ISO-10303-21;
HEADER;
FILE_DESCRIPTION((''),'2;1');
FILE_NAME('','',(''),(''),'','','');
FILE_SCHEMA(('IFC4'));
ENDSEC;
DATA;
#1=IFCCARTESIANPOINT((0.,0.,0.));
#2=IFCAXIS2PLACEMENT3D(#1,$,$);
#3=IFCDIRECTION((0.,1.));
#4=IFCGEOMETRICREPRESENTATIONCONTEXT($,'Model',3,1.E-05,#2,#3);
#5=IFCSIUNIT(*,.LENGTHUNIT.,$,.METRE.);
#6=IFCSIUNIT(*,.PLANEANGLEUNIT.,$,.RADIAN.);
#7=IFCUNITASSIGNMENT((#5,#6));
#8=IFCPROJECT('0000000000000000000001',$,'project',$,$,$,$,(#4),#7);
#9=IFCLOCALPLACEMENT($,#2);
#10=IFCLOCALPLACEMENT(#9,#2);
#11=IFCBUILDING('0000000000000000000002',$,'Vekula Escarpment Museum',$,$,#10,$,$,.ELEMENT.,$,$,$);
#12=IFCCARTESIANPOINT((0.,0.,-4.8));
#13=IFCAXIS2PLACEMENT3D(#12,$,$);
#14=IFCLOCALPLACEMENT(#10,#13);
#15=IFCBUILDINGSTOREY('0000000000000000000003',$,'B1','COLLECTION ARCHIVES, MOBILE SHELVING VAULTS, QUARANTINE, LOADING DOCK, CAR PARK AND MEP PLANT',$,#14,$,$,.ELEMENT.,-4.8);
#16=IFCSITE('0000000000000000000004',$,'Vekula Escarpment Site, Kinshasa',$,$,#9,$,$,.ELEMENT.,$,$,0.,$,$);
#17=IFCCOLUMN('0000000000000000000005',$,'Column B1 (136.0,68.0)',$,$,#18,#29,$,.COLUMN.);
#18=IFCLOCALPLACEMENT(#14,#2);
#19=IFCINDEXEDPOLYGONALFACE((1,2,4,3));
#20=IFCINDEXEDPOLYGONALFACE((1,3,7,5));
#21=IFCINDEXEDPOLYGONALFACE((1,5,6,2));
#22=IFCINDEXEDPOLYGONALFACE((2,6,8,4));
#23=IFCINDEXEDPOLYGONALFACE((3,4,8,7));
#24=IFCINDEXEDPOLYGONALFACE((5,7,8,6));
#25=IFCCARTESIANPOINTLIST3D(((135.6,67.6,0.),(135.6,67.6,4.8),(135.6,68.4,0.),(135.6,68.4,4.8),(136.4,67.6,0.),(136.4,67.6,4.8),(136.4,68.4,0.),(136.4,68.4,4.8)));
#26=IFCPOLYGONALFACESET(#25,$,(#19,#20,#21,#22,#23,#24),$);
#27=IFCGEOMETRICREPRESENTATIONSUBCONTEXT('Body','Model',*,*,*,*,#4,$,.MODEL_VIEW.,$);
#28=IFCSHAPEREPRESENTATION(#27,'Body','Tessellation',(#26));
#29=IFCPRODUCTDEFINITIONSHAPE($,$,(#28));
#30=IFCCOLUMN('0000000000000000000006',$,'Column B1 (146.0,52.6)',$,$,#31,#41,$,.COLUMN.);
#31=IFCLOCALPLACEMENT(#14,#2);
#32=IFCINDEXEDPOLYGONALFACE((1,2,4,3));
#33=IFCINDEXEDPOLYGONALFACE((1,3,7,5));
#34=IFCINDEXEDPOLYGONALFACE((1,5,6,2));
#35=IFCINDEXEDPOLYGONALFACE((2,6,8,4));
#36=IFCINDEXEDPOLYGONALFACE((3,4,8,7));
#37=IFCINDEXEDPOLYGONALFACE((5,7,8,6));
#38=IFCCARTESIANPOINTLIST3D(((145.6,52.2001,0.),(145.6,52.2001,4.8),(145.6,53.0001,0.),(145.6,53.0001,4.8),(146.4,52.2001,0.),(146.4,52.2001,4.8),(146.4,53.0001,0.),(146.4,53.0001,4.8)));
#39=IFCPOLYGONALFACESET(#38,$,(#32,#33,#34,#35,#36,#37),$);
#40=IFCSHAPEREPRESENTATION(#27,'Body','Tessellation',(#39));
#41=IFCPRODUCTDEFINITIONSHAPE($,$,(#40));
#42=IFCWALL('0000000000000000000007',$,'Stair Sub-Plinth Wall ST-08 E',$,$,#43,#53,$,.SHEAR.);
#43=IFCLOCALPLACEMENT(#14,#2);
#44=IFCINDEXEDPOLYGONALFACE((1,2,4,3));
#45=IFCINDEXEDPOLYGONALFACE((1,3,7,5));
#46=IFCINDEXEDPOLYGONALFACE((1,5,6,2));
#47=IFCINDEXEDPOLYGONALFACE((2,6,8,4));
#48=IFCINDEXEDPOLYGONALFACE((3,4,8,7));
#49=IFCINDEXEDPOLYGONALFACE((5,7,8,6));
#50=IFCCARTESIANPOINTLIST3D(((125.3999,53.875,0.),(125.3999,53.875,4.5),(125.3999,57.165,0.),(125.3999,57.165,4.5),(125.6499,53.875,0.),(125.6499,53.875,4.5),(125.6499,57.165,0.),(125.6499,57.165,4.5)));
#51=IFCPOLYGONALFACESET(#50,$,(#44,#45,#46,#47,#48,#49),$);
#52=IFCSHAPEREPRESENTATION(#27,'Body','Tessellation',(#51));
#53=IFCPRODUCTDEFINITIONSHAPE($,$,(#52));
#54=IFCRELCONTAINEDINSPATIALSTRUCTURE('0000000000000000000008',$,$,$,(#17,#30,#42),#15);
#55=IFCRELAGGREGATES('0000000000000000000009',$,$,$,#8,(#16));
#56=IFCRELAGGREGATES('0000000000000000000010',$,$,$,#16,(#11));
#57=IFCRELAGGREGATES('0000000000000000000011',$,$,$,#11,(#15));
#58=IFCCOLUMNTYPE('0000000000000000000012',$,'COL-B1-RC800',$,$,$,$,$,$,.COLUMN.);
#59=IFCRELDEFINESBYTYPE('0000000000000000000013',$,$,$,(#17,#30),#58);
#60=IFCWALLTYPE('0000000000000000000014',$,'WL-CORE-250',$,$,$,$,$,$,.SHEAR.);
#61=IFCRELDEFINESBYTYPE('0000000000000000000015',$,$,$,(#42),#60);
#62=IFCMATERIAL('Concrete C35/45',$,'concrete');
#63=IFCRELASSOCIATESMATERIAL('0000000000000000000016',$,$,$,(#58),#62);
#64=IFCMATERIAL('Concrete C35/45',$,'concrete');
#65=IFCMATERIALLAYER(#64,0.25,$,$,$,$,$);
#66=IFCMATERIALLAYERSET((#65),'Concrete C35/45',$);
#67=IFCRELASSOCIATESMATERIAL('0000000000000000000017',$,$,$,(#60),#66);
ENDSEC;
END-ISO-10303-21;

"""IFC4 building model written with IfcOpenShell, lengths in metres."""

from ifc_helpers import new_model, si_unit, direction, frame, frame_2d, origin, origin_2d, place, context, subcontext, project, spatial, rectangle, extrude, material, layer, layer_set, material_profile, profile_set, type_object, element, save


model = new_model("IFC4")

# Units and contexts
model_context = context("Model", 3, precision=1e-05, world=origin(), true_north=direction((0.0, 1.0)))
body_context = subcontext(model_context, "Body", "Model", "MODEL_VIEW")
ifc_project = project(units=[si_unit("LENGTHUNIT", "METRE"), si_unit("PLANEANGLEUNIT", "RADIAN")], contexts=[model_context])

# Site, building, storey
site_placement = place(None, origin())
site = spatial("IfcSite", under=ifc_project, at=site_placement, Name="Vekula Escarpment Site, Kinshasa", CompositionType="ELEMENT", RefElevation=0.0)
building_placement = place(site_placement, origin())
building = spatial("IfcBuilding", under=site, at=building_placement, Name="Vekula Escarpment Museum", CompositionType="ELEMENT")
storey_placement = place(building_placement, frame((0.0, 0.0, -4.8)))
storey = spatial("IfcBuildingStorey", under=building, at=storey_placement, Name="B1", Description="COLLECTION ARCHIVES, MOBILE SHELVING VAULTS, QUARANTINE, LOADING DOCK, CAR PARK AND MEP PLANT", CompositionType="ELEMENT", Elevation=-4.8)

# Columns
ifc_material_1 = material(Name="Concrete C35/45", Category="concrete")
ifc_material_profile_1 = material_profile(ifc_material_1, rectangle(XDim=0.8, YDim=0.8, at=origin_2d()), Name="RC 800x800")
ifc_profile_set_1 = profile_set([ifc_material_profile_1], Name="Concrete C35/45")
column_type_1 = type_object("IfcColumnType", Name="COL-B1-RC800", PredefinedType="COLUMN", material=ifc_profile_set_1)
for number, where, z_axis, x_axis, name in (
    (1, (136.0, 68.0, 0.0), (0.0, 0.0, 1.0), (1.0, 0.0, 0.0), "Column B1 (136.0,68.0)"),
    (2, (146.0, 52.6001, 0.0), (0.0, 0.0, 1.0), (1.0, 0.0, 0.0), "Column B1 (146.0,52.6)"),
):
    element("IfcColumn", number, at=place(storey_placement, frame(where, z_axis=z_axis, x_axis=x_axis)), inside=storey, type_object=column_type_1, Name=name, PredefinedType="COLUMN", context=body_context, shape_type="SweptSolid", body=[
        extrude(rectangle(XDim=0.8, YDim=0.8, at=origin_2d()), origin(), (0.0, 0.0, 1.0), 4.8),
    ])

# Wall
ifc_material_2 = material(Name="Concrete C35/45", Category="concrete")
ifc_layer = layer(ifc_material_2, 0.25)
ifc_layer_set = layer_set([ifc_layer], Name="Concrete C35/45")
wall_type = type_object("IfcWallType", Name="WL-CORE-250", PredefinedType="SHEAR", material=ifc_layer_set)
wall_placement = place(storey_placement, frame((125.5249, 53.875, 0.0), z_axis=(0.0, 0.0, 1.0), x_axis=(0.0, 1.0, 0.0)))
element("IfcWall", 3, at=wall_placement, inside=storey, type_object=wall_type, Name="Stair Sub-Plinth Wall ST-08 E", PredefinedType="SHEAR", context=body_context, shape_type="SweptSolid", body=[
    extrude(rectangle(XDim=3.29, YDim=0.25, at=frame_2d((1.645, 0.0))), origin(), (0.0, 0.0, 1.0), 4.5),
])

save(model, "model.ifc")
